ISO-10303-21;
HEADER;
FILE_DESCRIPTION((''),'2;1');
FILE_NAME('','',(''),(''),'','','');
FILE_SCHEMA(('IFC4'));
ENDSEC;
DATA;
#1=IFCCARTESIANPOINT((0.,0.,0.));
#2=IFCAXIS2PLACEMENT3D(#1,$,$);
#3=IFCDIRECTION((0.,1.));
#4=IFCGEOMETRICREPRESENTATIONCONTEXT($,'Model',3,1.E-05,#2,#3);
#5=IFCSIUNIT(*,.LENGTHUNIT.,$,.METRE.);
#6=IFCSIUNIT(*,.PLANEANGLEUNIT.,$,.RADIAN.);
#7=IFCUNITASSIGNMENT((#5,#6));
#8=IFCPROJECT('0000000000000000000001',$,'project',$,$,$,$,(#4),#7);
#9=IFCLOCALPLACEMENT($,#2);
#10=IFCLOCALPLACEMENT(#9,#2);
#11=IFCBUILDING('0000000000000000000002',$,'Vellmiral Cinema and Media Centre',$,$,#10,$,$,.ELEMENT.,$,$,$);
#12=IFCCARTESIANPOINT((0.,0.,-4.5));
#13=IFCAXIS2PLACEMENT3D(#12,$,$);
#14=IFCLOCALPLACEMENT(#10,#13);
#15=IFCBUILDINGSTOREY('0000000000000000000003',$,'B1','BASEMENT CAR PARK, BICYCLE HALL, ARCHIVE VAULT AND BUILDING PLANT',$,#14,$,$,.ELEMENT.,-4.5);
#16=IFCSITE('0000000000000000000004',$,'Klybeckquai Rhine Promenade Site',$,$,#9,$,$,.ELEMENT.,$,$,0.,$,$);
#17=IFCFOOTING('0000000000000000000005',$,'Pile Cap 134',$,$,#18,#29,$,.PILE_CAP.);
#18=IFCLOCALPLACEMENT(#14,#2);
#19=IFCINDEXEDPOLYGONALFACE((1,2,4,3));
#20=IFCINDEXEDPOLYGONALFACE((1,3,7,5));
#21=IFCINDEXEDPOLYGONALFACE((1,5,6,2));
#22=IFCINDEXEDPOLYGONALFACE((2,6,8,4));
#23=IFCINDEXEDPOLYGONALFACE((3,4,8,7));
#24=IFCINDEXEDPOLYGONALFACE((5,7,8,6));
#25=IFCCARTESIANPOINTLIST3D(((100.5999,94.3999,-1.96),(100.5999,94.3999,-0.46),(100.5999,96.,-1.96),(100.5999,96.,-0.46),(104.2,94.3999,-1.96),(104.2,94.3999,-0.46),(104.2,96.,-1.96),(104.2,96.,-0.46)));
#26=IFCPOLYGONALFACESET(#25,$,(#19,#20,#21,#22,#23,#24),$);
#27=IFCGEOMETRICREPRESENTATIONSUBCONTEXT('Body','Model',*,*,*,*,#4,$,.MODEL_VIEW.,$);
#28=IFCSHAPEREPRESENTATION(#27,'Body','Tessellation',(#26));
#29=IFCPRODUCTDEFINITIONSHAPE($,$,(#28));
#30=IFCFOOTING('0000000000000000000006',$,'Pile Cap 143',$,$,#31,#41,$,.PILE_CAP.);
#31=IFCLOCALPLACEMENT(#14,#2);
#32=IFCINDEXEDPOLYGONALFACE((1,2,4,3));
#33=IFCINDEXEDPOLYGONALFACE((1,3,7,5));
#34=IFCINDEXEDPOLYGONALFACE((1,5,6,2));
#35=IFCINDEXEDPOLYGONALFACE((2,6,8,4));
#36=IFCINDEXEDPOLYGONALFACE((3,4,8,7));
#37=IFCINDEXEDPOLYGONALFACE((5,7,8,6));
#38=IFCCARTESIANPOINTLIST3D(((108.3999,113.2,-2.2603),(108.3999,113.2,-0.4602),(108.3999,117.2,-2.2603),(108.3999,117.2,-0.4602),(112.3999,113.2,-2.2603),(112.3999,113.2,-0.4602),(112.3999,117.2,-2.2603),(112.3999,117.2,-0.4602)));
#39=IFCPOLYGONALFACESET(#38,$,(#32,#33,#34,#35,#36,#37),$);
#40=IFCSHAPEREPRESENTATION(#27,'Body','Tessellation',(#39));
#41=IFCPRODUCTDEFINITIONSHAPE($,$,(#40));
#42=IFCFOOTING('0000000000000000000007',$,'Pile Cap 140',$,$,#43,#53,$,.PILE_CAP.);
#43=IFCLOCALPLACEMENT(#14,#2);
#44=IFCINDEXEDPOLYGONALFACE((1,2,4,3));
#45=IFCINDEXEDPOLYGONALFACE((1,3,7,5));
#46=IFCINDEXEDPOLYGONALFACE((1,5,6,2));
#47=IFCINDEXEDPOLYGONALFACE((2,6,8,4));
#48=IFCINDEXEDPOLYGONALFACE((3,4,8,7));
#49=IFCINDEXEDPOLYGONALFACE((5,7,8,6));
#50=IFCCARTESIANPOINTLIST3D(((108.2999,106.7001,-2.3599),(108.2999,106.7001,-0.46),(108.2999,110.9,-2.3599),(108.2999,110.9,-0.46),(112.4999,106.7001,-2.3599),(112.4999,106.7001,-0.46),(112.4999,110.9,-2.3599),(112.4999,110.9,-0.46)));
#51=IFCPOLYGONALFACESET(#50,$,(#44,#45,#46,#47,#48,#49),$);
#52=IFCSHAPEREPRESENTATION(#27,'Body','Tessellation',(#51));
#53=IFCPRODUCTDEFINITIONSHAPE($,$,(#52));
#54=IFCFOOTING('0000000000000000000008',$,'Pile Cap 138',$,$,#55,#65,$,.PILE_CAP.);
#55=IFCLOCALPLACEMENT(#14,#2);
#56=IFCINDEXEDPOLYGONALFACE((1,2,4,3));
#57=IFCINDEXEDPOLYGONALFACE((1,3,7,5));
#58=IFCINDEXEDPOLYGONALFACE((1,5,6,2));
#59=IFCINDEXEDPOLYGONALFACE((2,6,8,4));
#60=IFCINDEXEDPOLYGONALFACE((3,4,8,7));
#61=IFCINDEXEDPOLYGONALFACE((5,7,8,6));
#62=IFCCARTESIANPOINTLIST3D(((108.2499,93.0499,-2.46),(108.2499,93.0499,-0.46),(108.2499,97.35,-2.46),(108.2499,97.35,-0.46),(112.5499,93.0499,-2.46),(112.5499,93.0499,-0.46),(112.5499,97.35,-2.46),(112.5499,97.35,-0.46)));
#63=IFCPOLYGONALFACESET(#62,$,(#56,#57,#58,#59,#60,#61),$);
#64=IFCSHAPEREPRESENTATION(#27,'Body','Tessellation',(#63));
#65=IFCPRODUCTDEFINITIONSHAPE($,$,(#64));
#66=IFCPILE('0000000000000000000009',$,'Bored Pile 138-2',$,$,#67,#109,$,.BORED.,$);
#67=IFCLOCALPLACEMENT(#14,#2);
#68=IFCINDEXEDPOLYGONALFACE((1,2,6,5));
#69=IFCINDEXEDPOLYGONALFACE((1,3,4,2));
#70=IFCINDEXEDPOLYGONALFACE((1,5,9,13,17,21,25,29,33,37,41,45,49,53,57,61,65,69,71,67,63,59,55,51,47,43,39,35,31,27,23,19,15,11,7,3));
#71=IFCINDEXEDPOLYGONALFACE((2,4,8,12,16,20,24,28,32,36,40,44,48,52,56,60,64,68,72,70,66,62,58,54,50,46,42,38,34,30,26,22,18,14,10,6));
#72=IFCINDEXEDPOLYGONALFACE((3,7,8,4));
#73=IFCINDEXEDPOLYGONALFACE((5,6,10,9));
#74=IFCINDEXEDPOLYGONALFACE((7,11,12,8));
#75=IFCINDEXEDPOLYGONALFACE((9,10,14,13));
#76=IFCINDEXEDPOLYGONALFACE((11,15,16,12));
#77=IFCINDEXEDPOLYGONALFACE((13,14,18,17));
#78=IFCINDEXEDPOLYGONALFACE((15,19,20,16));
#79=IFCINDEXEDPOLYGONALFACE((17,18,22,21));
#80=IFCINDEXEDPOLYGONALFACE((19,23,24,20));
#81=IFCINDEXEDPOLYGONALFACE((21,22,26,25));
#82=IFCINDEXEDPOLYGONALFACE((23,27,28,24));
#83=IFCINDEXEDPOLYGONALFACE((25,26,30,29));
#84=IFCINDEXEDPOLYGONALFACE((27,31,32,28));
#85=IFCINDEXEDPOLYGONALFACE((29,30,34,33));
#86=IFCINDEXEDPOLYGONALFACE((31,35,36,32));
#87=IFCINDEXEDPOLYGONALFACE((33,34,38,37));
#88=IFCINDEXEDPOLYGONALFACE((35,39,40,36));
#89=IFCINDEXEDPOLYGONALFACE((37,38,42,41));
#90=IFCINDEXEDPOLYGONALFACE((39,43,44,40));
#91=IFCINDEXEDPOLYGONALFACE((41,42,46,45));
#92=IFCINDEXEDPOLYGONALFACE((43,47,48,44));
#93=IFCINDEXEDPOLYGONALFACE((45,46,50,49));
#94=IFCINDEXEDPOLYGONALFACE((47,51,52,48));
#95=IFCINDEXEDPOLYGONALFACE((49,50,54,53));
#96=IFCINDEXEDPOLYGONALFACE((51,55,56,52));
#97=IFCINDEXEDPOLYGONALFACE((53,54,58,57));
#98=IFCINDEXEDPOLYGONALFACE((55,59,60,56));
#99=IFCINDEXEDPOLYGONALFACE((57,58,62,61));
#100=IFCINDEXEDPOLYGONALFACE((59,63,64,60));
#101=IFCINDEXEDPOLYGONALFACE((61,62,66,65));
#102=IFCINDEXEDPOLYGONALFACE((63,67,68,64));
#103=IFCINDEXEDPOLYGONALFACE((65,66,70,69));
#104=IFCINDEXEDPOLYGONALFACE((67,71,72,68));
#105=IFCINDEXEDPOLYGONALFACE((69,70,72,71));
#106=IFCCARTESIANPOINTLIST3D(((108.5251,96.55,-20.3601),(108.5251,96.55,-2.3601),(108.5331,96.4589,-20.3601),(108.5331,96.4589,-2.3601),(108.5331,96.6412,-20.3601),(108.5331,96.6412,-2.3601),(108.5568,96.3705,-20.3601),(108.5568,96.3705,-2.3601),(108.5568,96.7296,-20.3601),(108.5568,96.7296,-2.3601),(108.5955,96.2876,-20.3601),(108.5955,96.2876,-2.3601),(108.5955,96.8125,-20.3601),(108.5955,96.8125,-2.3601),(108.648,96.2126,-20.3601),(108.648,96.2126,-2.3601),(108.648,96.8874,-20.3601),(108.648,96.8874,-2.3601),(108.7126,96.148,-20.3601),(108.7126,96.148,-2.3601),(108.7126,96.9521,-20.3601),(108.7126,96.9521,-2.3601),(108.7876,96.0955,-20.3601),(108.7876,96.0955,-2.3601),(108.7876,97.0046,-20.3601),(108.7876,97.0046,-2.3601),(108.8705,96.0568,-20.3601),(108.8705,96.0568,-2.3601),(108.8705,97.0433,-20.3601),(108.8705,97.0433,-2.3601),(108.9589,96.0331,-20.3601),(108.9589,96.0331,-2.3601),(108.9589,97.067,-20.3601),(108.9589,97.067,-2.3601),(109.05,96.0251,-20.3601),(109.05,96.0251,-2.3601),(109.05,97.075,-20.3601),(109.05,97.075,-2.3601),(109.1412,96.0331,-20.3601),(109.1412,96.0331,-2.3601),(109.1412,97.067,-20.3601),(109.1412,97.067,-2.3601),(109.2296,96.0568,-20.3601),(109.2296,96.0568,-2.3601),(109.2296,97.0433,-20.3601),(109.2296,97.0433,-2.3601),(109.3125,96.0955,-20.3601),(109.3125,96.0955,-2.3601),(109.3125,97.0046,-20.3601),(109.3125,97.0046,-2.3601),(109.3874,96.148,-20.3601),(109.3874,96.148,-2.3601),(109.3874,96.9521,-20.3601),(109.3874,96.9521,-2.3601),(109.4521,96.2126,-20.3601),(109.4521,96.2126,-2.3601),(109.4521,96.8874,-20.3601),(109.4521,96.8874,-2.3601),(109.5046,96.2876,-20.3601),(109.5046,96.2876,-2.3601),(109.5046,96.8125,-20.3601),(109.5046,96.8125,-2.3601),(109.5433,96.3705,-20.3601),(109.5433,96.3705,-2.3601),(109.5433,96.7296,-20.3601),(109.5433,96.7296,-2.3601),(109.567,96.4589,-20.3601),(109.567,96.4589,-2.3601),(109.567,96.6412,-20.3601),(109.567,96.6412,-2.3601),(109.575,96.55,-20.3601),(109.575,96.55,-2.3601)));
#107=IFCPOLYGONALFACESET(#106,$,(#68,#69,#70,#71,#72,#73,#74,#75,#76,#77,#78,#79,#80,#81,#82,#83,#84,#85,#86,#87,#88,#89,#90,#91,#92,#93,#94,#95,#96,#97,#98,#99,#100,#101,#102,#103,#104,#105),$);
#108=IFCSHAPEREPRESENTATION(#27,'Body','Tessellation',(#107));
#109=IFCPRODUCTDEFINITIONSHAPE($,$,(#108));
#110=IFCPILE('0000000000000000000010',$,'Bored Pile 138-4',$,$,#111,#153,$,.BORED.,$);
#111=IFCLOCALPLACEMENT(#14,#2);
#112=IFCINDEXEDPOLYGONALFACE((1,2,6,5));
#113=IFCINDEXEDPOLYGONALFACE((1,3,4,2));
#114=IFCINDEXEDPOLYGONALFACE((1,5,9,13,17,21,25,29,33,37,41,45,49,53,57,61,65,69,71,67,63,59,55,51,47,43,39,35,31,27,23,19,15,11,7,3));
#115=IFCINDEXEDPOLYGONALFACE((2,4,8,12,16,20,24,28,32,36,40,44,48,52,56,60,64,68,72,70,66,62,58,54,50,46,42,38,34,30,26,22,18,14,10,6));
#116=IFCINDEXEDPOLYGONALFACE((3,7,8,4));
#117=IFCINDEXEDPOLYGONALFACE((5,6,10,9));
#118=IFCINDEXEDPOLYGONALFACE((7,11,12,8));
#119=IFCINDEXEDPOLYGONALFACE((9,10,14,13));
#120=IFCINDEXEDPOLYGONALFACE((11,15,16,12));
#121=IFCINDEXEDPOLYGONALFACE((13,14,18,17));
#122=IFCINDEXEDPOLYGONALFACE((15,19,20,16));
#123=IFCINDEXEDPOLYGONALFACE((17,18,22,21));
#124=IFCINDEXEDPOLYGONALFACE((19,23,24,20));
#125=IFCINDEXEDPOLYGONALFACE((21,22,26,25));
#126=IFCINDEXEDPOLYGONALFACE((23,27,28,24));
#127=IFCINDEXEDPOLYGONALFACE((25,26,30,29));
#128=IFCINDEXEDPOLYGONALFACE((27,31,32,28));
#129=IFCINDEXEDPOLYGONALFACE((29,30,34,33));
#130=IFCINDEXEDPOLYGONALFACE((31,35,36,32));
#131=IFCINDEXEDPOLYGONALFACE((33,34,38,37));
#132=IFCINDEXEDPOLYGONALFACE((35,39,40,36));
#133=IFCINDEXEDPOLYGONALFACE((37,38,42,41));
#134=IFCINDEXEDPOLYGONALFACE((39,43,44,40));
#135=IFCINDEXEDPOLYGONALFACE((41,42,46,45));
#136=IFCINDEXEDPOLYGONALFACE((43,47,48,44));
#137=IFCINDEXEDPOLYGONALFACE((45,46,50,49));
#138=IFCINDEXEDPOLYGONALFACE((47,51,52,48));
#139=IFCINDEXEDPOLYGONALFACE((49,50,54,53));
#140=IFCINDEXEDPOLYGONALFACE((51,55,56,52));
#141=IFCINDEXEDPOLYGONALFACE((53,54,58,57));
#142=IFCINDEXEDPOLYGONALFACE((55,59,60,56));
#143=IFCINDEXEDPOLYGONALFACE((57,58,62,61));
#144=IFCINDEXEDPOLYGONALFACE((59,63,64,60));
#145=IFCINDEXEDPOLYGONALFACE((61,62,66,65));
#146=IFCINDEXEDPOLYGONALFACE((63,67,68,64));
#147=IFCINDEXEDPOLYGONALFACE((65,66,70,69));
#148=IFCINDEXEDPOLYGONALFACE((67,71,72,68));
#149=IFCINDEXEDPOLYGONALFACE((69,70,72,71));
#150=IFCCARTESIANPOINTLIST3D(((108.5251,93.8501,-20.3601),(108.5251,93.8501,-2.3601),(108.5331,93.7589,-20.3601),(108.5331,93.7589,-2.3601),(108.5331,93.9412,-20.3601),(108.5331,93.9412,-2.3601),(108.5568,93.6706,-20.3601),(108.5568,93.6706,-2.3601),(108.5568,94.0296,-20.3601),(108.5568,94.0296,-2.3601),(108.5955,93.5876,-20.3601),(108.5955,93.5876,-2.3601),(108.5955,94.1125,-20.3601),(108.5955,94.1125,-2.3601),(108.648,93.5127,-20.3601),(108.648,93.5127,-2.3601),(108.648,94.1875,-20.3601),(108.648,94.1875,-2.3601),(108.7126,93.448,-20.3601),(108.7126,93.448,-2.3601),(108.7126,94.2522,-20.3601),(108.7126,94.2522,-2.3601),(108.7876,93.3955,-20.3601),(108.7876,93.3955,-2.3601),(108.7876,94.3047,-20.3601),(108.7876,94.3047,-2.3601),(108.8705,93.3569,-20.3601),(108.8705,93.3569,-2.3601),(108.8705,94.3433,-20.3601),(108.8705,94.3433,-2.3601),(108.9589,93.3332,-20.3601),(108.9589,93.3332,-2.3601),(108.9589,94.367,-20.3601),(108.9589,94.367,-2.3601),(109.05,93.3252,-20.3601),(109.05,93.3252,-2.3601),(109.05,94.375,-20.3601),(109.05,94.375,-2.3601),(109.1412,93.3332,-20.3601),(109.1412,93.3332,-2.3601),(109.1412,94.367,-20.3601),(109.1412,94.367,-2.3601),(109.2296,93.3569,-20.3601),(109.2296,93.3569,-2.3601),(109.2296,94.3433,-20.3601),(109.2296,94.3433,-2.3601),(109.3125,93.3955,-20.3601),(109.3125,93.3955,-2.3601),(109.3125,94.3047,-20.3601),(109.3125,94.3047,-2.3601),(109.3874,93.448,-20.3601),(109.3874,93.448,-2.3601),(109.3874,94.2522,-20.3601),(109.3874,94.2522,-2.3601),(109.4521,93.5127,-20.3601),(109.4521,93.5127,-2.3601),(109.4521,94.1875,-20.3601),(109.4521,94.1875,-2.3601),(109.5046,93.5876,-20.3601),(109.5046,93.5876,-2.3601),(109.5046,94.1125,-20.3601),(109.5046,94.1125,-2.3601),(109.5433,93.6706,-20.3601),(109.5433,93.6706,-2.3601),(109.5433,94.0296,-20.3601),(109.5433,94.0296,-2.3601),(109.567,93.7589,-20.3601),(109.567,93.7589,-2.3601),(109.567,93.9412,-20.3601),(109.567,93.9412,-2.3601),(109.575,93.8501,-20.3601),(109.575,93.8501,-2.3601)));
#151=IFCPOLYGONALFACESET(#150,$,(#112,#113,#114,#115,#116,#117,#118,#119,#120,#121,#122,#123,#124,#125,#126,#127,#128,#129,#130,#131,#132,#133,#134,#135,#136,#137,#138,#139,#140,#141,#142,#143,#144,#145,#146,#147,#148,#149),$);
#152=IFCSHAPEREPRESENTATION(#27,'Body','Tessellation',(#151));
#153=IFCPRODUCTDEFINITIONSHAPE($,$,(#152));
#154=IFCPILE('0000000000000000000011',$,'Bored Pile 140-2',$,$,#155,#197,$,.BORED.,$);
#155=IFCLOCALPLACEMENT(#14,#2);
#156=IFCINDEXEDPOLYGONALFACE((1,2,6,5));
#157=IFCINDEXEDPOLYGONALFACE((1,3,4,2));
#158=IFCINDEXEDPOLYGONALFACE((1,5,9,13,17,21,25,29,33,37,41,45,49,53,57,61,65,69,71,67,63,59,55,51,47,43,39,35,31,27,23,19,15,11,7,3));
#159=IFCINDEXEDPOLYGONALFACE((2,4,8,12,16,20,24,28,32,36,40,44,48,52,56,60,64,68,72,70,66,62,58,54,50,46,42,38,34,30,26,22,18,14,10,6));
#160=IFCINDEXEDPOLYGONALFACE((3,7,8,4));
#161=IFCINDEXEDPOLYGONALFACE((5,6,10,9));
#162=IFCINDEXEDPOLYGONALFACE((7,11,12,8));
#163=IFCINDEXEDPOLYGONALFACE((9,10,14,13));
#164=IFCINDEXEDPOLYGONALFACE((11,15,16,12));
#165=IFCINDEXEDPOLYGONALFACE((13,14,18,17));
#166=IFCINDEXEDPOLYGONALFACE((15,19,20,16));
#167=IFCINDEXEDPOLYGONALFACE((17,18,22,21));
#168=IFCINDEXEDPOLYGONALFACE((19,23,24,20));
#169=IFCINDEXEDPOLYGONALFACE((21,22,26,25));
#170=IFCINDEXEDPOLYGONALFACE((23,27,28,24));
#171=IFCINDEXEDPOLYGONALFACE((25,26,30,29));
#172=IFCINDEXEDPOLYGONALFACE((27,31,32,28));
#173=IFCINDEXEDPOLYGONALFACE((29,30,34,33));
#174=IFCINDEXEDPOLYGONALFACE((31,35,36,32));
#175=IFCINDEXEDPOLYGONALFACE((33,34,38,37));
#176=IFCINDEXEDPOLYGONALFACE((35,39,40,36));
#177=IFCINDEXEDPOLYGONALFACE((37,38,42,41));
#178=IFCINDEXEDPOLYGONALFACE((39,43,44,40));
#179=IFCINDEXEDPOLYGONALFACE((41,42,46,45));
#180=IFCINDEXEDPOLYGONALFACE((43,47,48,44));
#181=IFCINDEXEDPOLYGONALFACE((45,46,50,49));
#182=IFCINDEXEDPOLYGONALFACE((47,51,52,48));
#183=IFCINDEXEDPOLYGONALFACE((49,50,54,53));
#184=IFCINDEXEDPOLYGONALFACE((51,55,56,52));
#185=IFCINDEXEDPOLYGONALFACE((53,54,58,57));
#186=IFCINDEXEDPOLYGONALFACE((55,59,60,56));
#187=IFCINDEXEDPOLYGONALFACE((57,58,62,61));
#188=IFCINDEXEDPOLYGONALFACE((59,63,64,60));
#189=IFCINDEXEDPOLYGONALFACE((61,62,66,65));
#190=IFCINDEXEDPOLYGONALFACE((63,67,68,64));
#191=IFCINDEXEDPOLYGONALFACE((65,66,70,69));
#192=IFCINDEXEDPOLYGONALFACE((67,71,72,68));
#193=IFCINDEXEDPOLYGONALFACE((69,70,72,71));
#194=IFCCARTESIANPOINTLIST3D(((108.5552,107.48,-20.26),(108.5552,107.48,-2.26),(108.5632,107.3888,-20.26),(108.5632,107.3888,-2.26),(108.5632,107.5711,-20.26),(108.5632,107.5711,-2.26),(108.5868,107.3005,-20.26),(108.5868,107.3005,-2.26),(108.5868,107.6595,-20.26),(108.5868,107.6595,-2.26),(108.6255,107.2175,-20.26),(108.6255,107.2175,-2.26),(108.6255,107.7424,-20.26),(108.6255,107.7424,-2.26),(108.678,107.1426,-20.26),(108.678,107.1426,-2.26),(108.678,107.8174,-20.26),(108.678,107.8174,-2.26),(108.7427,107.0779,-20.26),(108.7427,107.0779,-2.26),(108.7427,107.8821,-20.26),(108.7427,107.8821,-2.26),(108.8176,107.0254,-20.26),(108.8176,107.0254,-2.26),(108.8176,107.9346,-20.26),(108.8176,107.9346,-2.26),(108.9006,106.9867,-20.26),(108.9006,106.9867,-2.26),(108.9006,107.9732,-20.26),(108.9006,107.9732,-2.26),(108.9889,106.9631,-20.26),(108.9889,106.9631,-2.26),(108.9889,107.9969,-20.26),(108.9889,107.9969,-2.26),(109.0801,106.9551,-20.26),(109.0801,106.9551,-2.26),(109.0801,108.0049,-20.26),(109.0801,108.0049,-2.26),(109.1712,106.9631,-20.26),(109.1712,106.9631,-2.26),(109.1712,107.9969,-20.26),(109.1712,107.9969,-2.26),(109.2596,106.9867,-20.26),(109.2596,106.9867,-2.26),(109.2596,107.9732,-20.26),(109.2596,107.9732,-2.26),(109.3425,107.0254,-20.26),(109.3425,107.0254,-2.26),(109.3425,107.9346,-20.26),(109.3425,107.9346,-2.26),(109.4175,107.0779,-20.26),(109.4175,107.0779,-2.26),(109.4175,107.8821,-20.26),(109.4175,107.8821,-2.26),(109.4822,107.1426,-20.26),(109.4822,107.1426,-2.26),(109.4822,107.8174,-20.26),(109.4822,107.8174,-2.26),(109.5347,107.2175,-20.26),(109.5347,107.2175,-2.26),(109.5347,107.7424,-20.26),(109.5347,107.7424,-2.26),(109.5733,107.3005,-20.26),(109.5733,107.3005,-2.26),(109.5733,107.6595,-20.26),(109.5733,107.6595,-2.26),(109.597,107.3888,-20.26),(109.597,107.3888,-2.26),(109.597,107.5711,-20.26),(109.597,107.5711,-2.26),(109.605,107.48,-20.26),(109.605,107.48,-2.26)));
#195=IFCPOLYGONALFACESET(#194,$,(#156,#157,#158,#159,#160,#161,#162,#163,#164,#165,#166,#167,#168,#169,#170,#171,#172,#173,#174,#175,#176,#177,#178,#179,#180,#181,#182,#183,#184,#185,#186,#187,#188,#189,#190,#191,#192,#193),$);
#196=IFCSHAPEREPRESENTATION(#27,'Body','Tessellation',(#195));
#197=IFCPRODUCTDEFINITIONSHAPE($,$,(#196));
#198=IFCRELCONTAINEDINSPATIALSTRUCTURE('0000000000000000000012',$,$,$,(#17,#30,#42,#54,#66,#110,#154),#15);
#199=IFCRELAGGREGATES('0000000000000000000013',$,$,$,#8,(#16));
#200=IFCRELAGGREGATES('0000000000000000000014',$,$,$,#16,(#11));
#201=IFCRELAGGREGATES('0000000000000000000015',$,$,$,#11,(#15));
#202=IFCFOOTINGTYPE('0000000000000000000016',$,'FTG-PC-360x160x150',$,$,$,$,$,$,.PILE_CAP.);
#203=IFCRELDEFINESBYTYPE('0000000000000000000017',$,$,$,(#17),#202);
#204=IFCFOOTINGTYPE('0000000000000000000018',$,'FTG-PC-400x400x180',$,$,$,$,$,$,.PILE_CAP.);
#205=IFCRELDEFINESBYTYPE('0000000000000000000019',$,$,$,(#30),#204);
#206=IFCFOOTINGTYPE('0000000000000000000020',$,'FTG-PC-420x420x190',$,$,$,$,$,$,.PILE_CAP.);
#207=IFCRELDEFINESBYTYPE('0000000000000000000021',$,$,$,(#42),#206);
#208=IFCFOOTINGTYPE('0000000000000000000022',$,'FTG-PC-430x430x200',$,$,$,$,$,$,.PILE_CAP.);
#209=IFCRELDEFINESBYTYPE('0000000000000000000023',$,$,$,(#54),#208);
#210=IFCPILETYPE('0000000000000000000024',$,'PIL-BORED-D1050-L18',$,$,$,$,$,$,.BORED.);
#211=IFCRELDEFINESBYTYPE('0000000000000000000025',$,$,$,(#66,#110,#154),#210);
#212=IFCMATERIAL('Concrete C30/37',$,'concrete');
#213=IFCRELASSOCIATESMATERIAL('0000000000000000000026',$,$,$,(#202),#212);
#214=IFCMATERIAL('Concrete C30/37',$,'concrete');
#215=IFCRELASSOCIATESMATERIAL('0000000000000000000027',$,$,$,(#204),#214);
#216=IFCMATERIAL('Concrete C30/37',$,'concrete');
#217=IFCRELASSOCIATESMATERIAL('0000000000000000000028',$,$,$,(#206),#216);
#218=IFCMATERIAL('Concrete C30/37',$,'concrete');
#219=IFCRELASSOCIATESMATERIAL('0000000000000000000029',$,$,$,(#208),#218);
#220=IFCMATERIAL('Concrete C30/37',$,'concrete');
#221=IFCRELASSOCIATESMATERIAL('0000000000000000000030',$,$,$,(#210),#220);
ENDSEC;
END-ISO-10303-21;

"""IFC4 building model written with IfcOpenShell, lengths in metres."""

from ifc_helpers import new_model, si_unit, direction, frame, origin, origin_2d, place, context, subcontext, project, spatial, rectangle, circle, extrude, material, material_profile, profile_set, type_object, element, save


model = new_model("IFC4")

# Units and contexts
model_context = context("Model", 3, precision=1e-05, world=origin(), true_north=direction((0.0, 1.0)))
body_context = subcontext(model_context, "Body", "Model", "MODEL_VIEW")
ifc_project = project(units=[si_unit("LENGTHUNIT", "METRE"), si_unit("PLANEANGLEUNIT", "RADIAN")], contexts=[model_context])

# Site, building, storey
site_placement = place(None, origin())
site = spatial("IfcSite", under=ifc_project, at=site_placement, Name="Klybeckquai Rhine Promenade Site", CompositionType="ELEMENT", RefElevation=0.0)
building_placement = place(site_placement, origin())
building = spatial("IfcBuilding", under=site, at=building_placement, Name="Vellmiral Cinema and Media Centre", CompositionType="ELEMENT")
storey_placement = place(building_placement, frame((0.0, 0.0, -4.5)))
storey = spatial("IfcBuildingStorey", under=building, at=storey_placement, Name="B1", Description="BASEMENT CAR PARK, BICYCLE HALL, ARCHIVE VAULT AND BUILDING PLANT", CompositionType="ELEMENT", Elevation=-4.5)

# Footings
ifc_material_1 = material(Name="Concrete C30/37", Category="concrete")
footing_type_1 = type_object("IfcFootingType", Name="FTG-PC-360x160x150", PredefinedType="PILE_CAP", material=ifc_material_1)
footing_1_placement = place(storey_placement, frame((102.3999, 95.2, -1.96), z_axis=(0.0, 0.0, 1.0), x_axis=(1.0, 0.0, 0.0)))
element("IfcFooting", 1, at=footing_1_placement, inside=storey, type_object=footing_type_1, Name="Pile Cap 134", PredefinedType="PILE_CAP", context=body_context, shape_type="SweptSolid", body=[
    extrude(rectangle(XDim=3.6001, YDim=1.6001, at=origin_2d()), origin(), (0.0, 0.0, 1.0), 1.5),
])
ifc_material_2 = material(Name="Concrete C30/37", Category="concrete")
footing_type_2 = type_object("IfcFootingType", Name="FTG-PC-400x400x180", PredefinedType="PILE_CAP", material=ifc_material_2)
footing_2_placement = place(storey_placement, frame((110.3999, 115.2, -2.2603), z_axis=(0.0, 0.0, 1.0), x_axis=(1.0, 0.0, 0.0)))
element("IfcFooting", 2, at=footing_2_placement, inside=storey, type_object=footing_type_2, Name="Pile Cap 143", PredefinedType="PILE_CAP", context=body_context, shape_type="SweptSolid", body=[
    extrude(rectangle(XDim=4.0, YDim=4.0, at=origin_2d()), origin(), (0.0, 0.0, 1.0), 1.8),
])
ifc_material_3 = material(Name="Concrete C30/37", Category="concrete")
footing_type_3 = type_object("IfcFootingType", Name="FTG-PC-420x420x190", PredefinedType="PILE_CAP", material=ifc_material_3)
footing_3_placement = place(storey_placement, frame((110.3999, 108.8, -2.3599), z_axis=(0.0, 0.0, 1.0), x_axis=(1.0, 0.0, 0.0)))
element("IfcFooting", 3, at=footing_3_placement, inside=storey, type_object=footing_type_3, Name="Pile Cap 140", PredefinedType="PILE_CAP", context=body_context, shape_type="SweptSolid", body=[
    extrude(rectangle(XDim=4.2, YDim=4.2, at=origin_2d()), origin(), (0.0, 0.0, 1.0), 1.8999),
])
ifc_material_4 = material(Name="Concrete C30/37", Category="concrete")
footing_type_4 = type_object("IfcFootingType", Name="FTG-PC-430x430x200", PredefinedType="PILE_CAP", material=ifc_material_4)
footing_4_placement = place(storey_placement, frame((110.3999, 95.2, -2.46), z_axis=(0.0, 0.0, 1.0), x_axis=(1.0, 0.0, 0.0)))
element("IfcFooting", 4, at=footing_4_placement, inside=storey, type_object=footing_type_4, Name="Pile Cap 138", PredefinedType="PILE_CAP", context=body_context, shape_type="SweptSolid", body=[
    extrude(rectangle(XDim=4.3, YDim=4.3, at=origin_2d()), origin(), (0.0, 0.0, 1.0), 2.0),
])

# Piles
ifc_material_5 = material(Name="Concrete C30/37", Category="concrete")
ifc_material_profile_1 = material_profile(ifc_material_5, circle(Radius=0.5249, at=origin_2d()), Name="PILE D1050")
ifc_profile_set_1 = profile_set([ifc_material_profile_1], Name="Concrete C30/37")
pile_type_1 = type_object("IfcPileType", Name="PIL-BORED-D1050-L18", PredefinedType="BORED", material=ifc_profile_set_1)
for number, where, z_axis, x_axis, name in (
    (5, (109.05, 96.55, -2.3601), (0.0, 0.0, -1.0), (1.0, 0.0, 0.0), "Bored Pile 138-2"),
    (6, (109.05, 93.8501, -2.3601), (0.0, 0.0, -1.0), (1.0, 0.0, 0.0), "Bored Pile 138-4"),
    (7, (109.0801, 107.48, -2.26), (0.0, 0.0, -1.0), (1.0, 0.0, 0.0), "Bored Pile 140-2"),
):
    element("IfcPile", number, at=place(storey_placement, frame(where, z_axis=z_axis, x_axis=x_axis)), inside=storey, type_object=pile_type_1, Name=name, PredefinedType="BORED", context=body_context, shape_type="SweptSolid", body=[
        extrude(circle(Radius=0.5249, at=origin_2d()), origin(), (0.0, 0.0, 1.0), 18.0),
    ])

save(model, "model.ifc")
